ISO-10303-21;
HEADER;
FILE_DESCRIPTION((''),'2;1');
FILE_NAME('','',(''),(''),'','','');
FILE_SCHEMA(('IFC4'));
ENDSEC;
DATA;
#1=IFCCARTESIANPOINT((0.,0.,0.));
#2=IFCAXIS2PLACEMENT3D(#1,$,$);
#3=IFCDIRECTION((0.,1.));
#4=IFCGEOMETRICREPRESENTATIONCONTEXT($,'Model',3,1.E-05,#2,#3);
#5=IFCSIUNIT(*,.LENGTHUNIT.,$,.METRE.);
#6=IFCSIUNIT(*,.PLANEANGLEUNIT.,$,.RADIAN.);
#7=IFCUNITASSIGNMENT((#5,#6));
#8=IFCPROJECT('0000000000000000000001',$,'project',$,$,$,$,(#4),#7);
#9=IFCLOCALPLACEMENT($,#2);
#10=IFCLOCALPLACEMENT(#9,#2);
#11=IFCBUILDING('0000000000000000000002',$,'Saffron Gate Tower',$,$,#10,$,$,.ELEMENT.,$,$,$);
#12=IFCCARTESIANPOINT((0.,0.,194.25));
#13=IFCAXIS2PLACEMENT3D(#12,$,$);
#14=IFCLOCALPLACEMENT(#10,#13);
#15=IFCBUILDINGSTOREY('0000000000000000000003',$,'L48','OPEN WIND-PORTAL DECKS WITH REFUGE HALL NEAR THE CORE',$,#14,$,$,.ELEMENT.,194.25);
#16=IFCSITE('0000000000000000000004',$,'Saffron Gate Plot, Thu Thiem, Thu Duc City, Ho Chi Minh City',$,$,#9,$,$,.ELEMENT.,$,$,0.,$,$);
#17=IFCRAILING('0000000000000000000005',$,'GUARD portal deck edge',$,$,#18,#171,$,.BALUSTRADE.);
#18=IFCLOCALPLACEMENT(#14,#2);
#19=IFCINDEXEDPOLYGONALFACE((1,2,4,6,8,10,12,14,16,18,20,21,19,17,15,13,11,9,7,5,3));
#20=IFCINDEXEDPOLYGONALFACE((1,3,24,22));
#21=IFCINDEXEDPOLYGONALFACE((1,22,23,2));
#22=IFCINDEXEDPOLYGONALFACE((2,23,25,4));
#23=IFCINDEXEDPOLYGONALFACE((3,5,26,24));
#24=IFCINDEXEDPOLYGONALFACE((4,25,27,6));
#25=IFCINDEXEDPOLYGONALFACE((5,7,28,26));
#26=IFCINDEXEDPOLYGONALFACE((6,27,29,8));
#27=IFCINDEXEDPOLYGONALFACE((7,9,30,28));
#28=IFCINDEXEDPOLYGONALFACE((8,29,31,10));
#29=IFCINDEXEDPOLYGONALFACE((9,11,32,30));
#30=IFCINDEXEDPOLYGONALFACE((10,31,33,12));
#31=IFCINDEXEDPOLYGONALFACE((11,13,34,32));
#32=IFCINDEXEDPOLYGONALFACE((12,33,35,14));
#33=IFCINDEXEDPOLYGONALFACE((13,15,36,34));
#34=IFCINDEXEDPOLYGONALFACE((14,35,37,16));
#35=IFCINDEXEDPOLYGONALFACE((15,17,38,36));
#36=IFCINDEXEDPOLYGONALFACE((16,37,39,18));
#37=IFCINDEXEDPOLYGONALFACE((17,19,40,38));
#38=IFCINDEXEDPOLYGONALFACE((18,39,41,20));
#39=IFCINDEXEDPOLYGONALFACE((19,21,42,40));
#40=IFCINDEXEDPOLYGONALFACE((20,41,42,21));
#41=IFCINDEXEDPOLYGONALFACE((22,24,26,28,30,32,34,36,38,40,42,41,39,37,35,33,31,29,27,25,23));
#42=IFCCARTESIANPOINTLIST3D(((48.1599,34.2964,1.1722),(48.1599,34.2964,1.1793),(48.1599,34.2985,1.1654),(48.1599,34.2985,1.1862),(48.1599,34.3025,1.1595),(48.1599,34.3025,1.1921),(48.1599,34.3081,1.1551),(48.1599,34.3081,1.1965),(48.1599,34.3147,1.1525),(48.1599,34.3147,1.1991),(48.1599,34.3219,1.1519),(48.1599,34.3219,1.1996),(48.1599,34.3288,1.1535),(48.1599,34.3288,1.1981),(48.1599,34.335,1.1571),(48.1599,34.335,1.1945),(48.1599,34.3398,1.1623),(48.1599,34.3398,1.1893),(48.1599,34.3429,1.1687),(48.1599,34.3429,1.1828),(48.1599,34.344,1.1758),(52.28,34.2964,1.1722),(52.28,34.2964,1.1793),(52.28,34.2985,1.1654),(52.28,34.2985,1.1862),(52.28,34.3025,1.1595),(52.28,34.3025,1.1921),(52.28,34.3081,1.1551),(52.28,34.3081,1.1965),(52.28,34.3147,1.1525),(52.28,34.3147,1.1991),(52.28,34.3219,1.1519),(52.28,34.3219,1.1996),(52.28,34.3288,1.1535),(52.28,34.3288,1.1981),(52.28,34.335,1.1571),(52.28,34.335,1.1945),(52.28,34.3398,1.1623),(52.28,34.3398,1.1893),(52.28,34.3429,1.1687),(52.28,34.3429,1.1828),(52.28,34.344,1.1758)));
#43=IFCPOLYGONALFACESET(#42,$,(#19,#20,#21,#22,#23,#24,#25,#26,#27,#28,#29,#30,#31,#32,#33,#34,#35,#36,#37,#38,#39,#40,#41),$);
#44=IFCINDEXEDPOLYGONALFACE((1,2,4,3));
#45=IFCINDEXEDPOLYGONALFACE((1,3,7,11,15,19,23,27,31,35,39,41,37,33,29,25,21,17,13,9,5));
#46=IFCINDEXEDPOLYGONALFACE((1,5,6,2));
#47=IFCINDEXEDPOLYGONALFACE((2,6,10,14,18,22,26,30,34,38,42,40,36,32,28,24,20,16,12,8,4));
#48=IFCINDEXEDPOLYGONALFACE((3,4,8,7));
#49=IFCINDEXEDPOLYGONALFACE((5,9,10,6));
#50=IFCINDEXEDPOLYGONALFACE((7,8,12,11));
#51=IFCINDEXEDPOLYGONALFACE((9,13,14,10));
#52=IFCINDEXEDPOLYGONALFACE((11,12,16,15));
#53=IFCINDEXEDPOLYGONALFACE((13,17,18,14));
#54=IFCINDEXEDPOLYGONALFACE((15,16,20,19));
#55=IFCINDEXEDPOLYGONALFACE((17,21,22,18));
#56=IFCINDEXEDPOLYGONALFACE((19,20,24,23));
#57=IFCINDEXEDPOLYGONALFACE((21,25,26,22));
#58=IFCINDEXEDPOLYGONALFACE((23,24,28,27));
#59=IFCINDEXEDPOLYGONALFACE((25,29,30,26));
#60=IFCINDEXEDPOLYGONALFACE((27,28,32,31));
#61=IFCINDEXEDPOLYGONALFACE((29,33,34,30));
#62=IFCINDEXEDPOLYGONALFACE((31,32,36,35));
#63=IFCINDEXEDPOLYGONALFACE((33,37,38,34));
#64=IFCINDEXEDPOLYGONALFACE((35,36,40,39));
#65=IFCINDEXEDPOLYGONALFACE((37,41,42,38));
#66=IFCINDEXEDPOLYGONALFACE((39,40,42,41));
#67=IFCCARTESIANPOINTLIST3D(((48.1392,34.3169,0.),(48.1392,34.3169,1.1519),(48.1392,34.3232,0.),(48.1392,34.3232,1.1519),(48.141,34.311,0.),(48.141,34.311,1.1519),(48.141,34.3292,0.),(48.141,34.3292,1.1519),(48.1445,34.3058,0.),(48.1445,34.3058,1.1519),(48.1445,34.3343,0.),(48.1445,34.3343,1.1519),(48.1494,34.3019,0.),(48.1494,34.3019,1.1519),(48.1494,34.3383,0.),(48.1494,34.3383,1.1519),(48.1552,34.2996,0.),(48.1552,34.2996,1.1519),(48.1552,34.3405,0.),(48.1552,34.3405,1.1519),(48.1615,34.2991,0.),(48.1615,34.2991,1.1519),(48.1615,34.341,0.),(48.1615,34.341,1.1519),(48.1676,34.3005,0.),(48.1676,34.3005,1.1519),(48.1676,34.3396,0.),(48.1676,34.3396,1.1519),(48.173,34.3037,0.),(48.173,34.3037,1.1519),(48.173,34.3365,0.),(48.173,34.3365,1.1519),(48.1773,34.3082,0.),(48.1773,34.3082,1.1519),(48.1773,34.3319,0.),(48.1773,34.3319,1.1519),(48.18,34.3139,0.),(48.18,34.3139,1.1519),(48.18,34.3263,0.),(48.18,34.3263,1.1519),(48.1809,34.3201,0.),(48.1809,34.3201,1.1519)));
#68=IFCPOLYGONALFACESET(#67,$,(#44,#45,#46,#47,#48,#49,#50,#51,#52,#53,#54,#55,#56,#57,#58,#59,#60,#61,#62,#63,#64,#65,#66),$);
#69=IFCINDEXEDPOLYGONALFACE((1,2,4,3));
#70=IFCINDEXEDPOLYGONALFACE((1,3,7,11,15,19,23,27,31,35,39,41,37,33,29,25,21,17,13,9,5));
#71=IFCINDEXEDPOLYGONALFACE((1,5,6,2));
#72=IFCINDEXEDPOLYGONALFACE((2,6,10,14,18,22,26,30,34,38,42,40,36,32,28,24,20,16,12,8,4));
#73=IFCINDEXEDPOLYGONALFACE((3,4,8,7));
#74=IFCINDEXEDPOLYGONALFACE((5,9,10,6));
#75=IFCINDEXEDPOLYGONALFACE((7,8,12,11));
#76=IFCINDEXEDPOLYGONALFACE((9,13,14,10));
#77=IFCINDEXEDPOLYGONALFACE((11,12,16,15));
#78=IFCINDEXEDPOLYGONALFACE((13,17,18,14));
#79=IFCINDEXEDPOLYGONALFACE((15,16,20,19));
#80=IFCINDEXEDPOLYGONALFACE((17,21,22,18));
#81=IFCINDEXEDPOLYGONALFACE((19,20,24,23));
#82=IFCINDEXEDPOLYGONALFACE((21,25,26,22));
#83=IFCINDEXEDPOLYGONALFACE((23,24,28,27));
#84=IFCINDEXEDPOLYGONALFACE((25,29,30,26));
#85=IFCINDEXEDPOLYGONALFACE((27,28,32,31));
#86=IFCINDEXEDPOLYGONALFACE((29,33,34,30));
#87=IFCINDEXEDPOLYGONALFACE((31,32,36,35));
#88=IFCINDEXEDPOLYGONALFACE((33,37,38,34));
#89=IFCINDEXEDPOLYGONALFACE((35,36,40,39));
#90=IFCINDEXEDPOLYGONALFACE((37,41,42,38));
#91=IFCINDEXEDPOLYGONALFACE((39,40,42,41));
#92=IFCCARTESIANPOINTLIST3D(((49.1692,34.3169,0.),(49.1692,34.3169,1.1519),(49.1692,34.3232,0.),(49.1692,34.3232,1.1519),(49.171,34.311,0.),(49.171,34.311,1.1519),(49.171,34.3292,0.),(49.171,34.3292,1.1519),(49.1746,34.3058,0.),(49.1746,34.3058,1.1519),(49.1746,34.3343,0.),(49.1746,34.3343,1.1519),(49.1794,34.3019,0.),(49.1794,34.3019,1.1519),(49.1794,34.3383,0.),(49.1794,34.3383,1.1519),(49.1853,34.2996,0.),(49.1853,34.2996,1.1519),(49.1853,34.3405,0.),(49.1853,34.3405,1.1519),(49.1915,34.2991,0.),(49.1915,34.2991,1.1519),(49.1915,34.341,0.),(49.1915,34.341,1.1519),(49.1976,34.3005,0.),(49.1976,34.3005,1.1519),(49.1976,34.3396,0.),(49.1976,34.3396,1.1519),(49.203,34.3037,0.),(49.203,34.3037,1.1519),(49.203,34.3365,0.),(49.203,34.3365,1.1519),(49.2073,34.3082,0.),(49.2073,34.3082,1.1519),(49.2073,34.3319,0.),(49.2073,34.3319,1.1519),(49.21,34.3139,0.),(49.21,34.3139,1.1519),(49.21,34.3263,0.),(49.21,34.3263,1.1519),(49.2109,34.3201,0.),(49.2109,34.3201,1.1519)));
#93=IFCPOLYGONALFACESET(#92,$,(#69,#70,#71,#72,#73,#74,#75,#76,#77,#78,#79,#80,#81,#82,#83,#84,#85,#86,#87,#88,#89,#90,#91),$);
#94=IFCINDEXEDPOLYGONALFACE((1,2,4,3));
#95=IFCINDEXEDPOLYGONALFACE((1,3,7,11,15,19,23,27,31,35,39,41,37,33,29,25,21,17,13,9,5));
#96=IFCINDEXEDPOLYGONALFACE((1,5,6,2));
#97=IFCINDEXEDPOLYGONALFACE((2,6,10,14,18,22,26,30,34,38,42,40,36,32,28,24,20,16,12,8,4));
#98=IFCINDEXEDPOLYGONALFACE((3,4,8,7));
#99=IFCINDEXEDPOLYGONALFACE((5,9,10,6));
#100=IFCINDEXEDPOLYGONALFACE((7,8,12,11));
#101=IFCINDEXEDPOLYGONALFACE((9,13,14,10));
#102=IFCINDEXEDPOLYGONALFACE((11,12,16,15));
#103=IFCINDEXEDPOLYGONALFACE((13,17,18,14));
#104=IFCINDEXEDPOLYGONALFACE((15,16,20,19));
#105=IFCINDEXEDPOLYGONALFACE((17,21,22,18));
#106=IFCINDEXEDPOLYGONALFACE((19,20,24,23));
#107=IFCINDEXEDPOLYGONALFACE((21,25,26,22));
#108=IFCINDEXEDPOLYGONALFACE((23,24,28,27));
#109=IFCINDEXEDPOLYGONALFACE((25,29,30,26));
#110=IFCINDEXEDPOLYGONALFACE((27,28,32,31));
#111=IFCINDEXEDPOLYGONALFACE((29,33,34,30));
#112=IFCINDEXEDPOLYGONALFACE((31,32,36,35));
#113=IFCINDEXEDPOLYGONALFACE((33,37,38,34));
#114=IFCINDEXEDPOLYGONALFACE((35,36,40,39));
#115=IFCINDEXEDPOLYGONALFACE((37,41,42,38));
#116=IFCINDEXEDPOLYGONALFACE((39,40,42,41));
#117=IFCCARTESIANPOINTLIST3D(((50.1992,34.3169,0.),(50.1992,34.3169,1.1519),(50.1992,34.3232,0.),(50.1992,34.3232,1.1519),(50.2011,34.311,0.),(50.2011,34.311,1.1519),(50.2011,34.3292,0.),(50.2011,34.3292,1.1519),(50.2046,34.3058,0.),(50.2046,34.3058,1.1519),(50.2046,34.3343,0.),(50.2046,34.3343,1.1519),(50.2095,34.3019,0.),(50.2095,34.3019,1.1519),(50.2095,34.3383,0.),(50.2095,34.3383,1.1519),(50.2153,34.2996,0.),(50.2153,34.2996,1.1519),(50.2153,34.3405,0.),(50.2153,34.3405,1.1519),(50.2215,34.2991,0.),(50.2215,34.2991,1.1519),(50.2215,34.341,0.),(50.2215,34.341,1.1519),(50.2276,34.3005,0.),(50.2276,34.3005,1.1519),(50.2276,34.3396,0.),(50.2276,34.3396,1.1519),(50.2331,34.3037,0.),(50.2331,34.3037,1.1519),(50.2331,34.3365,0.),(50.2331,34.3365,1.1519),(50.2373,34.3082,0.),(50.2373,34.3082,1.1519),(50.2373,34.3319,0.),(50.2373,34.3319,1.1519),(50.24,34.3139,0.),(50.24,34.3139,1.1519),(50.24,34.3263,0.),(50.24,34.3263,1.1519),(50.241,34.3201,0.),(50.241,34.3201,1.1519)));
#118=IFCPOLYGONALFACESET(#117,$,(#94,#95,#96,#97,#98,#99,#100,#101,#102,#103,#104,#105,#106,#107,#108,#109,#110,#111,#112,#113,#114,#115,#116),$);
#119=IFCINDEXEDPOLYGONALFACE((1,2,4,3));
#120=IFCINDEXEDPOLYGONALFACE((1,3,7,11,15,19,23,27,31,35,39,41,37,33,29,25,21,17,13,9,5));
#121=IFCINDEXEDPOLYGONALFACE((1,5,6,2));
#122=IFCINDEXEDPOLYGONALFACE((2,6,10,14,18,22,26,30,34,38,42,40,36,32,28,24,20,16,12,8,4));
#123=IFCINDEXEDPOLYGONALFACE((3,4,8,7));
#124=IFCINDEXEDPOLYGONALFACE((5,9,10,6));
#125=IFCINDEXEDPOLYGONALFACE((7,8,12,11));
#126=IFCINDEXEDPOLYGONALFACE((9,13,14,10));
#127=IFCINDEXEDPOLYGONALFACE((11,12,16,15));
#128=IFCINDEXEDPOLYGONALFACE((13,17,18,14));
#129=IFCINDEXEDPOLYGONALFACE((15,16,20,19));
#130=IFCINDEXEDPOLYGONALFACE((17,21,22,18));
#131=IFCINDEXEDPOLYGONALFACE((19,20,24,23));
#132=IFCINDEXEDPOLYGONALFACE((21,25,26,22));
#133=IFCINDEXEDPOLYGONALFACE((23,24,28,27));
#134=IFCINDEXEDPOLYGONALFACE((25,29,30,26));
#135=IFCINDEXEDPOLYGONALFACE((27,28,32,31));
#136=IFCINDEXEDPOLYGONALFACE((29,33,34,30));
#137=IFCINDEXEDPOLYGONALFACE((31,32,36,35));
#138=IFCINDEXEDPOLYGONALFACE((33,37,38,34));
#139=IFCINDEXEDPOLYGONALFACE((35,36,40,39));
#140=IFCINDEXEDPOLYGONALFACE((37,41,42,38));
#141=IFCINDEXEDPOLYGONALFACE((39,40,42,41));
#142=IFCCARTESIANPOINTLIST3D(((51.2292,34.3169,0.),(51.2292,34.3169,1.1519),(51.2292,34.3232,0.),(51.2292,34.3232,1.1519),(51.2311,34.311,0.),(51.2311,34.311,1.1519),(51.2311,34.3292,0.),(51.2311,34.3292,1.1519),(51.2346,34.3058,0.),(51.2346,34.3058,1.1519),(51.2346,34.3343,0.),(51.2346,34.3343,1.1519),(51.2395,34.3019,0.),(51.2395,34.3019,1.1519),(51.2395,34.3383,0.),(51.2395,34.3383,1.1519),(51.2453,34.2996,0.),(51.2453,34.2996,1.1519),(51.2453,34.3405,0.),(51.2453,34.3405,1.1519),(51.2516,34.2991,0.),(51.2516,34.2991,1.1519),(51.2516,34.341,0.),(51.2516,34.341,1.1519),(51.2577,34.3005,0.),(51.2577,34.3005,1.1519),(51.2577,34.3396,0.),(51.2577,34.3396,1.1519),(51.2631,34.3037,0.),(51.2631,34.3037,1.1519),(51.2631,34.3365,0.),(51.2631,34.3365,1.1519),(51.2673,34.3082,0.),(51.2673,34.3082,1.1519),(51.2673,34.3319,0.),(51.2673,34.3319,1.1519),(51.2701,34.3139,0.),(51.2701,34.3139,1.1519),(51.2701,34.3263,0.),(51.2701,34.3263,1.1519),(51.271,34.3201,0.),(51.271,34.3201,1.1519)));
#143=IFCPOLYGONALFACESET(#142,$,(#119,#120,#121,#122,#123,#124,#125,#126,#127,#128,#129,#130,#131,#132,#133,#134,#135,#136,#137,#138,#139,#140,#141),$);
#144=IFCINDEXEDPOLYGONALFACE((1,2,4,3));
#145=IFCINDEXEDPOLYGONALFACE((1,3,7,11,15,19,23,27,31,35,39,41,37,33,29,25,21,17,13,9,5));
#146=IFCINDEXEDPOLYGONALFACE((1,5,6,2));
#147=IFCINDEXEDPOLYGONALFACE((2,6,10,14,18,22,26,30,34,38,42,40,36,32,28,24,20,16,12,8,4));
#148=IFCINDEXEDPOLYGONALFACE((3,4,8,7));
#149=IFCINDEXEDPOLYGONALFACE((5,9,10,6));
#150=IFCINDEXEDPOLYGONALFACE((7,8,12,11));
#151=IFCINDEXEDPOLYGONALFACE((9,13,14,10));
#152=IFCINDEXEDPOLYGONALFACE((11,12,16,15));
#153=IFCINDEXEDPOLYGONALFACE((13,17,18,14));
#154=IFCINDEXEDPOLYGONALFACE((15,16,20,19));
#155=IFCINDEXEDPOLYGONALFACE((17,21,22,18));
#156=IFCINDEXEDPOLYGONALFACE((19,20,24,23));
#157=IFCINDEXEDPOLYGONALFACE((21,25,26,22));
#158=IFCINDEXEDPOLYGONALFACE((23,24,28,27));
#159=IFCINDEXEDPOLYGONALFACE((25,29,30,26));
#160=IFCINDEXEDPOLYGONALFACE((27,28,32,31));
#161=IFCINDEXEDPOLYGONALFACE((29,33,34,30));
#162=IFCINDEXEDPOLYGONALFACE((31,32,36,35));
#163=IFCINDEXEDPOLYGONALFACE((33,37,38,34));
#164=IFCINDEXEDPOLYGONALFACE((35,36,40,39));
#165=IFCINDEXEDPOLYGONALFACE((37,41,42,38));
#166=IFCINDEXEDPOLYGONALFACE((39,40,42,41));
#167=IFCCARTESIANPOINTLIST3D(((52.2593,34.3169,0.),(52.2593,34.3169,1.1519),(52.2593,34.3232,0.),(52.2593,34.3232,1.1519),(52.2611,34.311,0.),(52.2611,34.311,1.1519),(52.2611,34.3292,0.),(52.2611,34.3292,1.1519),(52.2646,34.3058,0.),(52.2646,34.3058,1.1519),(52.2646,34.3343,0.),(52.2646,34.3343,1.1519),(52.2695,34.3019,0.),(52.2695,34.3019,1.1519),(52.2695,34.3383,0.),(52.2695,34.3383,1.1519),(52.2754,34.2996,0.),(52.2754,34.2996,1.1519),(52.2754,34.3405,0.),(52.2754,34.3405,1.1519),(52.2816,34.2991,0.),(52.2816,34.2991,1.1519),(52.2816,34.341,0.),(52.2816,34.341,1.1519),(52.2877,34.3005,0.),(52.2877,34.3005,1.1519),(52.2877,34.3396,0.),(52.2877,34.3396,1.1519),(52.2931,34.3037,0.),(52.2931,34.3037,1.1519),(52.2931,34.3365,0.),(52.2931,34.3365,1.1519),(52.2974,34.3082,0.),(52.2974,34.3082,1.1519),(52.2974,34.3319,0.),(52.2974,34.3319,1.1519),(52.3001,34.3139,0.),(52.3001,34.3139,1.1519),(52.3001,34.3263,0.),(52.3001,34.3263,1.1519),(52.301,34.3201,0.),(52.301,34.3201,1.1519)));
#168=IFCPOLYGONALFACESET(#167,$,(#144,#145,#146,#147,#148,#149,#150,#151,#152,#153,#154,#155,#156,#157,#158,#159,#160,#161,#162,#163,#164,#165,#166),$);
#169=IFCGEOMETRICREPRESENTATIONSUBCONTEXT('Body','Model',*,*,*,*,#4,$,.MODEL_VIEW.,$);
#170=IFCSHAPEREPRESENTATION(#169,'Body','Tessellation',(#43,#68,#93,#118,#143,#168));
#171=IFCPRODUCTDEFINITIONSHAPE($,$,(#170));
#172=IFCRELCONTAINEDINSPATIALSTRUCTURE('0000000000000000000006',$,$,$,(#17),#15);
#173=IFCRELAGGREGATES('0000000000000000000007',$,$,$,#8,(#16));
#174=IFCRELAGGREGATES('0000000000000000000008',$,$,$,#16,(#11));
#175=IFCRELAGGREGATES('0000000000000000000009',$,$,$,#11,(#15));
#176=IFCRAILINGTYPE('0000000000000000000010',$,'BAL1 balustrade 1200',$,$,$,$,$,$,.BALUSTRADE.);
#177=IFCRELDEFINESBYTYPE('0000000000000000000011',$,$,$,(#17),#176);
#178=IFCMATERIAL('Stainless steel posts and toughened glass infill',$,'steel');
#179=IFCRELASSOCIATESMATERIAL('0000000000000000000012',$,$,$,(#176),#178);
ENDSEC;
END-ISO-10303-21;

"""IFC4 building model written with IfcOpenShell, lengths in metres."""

from ifc_helpers import new_model, si_unit, direction, frame, origin, origin_2d, place, context, subcontext, project, spatial, circle, extrude, material, type_object, element, save


model = new_model("IFC4")

# Units and contexts
model_context = context("Model", 3, precision=1e-05, world=origin(), true_north=direction((0.0, 1.0)))
body_context = subcontext(model_context, "Body", "Model", "MODEL_VIEW")
ifc_project = project(units=[si_unit("LENGTHUNIT", "METRE"), si_unit("PLANEANGLEUNIT", "RADIAN")], contexts=[model_context])

# Site, building, storey
site_placement = place(None, origin())
site = spatial("IfcSite", under=ifc_project, at=site_placement, Name="Saffron Gate Plot, Thu Thiem, Thu Duc City, Ho Chi Minh City", CompositionType="ELEMENT", RefElevation=0.0)
building_placement = place(site_placement, origin())
building = spatial("IfcBuilding", under=site, at=building_placement, Name="Saffron Gate Tower", CompositionType="ELEMENT")
storey_placement = place(building_placement, frame((0.0, 0.0, 194.25)))
storey = spatial("IfcBuildingStorey", under=building, at=storey_placement, Name="L48", Description="OPEN WIND-PORTAL DECKS WITH REFUGE HALL NEAR THE CORE", CompositionType="ELEMENT", Elevation=194.25)

# Railing
ifc_material_1 = material(Name="Stainless steel posts and toughened glass infill", Category="steel")
railing_type = type_object("IfcRailingType", Name="BAL1 balustrade 1200", PredefinedType="BALUSTRADE", material=ifc_material_1)
railing_1_placement = place(storey_placement, frame((48.1599, 34.3201, 0.0)))
element("IfcRailing", 1, at=railing_1_placement, inside=storey, type_object=railing_type, Name="GUARD portal deck edge", PredefinedType="BALUSTRADE", context=body_context, shape_type="SweptSolid", body=[
    extrude(circle(Radius=0.0239, at=origin_2d()), frame((0.0, 0.0, 1.1758), z_axis=(1.0, 0.0, 0.0), x_axis=(0.0, 1.0, 0.0)), (0.0, 0.0, 1.0), 4.1201),
    extrude(circle(Radius=0.021, at=origin_2d()), origin(), (0.0, 0.0, 1.0), 1.1519),
    extrude(circle(Radius=0.021, at=origin_2d()), frame((1.03, 0.0, 0.0)), (0.0, 0.0, 1.0), 1.1519),
    extrude(circle(Radius=0.021, at=origin_2d()), frame((2.0601, 0.0, 0.0)), (0.0, 0.0, 1.0), 1.1519),
    extrude(circle(Radius=0.021, at=origin_2d()), frame((3.0901, 0.0, 0.0)), (0.0, 0.0, 1.0), 1.1519),
    extrude(circle(Radius=0.021, at=origin_2d()), frame((4.1201, 0.0, 0.0)), (0.0, 0.0, 1.0), 1.1519),
])

save(model, "model.ifc")
